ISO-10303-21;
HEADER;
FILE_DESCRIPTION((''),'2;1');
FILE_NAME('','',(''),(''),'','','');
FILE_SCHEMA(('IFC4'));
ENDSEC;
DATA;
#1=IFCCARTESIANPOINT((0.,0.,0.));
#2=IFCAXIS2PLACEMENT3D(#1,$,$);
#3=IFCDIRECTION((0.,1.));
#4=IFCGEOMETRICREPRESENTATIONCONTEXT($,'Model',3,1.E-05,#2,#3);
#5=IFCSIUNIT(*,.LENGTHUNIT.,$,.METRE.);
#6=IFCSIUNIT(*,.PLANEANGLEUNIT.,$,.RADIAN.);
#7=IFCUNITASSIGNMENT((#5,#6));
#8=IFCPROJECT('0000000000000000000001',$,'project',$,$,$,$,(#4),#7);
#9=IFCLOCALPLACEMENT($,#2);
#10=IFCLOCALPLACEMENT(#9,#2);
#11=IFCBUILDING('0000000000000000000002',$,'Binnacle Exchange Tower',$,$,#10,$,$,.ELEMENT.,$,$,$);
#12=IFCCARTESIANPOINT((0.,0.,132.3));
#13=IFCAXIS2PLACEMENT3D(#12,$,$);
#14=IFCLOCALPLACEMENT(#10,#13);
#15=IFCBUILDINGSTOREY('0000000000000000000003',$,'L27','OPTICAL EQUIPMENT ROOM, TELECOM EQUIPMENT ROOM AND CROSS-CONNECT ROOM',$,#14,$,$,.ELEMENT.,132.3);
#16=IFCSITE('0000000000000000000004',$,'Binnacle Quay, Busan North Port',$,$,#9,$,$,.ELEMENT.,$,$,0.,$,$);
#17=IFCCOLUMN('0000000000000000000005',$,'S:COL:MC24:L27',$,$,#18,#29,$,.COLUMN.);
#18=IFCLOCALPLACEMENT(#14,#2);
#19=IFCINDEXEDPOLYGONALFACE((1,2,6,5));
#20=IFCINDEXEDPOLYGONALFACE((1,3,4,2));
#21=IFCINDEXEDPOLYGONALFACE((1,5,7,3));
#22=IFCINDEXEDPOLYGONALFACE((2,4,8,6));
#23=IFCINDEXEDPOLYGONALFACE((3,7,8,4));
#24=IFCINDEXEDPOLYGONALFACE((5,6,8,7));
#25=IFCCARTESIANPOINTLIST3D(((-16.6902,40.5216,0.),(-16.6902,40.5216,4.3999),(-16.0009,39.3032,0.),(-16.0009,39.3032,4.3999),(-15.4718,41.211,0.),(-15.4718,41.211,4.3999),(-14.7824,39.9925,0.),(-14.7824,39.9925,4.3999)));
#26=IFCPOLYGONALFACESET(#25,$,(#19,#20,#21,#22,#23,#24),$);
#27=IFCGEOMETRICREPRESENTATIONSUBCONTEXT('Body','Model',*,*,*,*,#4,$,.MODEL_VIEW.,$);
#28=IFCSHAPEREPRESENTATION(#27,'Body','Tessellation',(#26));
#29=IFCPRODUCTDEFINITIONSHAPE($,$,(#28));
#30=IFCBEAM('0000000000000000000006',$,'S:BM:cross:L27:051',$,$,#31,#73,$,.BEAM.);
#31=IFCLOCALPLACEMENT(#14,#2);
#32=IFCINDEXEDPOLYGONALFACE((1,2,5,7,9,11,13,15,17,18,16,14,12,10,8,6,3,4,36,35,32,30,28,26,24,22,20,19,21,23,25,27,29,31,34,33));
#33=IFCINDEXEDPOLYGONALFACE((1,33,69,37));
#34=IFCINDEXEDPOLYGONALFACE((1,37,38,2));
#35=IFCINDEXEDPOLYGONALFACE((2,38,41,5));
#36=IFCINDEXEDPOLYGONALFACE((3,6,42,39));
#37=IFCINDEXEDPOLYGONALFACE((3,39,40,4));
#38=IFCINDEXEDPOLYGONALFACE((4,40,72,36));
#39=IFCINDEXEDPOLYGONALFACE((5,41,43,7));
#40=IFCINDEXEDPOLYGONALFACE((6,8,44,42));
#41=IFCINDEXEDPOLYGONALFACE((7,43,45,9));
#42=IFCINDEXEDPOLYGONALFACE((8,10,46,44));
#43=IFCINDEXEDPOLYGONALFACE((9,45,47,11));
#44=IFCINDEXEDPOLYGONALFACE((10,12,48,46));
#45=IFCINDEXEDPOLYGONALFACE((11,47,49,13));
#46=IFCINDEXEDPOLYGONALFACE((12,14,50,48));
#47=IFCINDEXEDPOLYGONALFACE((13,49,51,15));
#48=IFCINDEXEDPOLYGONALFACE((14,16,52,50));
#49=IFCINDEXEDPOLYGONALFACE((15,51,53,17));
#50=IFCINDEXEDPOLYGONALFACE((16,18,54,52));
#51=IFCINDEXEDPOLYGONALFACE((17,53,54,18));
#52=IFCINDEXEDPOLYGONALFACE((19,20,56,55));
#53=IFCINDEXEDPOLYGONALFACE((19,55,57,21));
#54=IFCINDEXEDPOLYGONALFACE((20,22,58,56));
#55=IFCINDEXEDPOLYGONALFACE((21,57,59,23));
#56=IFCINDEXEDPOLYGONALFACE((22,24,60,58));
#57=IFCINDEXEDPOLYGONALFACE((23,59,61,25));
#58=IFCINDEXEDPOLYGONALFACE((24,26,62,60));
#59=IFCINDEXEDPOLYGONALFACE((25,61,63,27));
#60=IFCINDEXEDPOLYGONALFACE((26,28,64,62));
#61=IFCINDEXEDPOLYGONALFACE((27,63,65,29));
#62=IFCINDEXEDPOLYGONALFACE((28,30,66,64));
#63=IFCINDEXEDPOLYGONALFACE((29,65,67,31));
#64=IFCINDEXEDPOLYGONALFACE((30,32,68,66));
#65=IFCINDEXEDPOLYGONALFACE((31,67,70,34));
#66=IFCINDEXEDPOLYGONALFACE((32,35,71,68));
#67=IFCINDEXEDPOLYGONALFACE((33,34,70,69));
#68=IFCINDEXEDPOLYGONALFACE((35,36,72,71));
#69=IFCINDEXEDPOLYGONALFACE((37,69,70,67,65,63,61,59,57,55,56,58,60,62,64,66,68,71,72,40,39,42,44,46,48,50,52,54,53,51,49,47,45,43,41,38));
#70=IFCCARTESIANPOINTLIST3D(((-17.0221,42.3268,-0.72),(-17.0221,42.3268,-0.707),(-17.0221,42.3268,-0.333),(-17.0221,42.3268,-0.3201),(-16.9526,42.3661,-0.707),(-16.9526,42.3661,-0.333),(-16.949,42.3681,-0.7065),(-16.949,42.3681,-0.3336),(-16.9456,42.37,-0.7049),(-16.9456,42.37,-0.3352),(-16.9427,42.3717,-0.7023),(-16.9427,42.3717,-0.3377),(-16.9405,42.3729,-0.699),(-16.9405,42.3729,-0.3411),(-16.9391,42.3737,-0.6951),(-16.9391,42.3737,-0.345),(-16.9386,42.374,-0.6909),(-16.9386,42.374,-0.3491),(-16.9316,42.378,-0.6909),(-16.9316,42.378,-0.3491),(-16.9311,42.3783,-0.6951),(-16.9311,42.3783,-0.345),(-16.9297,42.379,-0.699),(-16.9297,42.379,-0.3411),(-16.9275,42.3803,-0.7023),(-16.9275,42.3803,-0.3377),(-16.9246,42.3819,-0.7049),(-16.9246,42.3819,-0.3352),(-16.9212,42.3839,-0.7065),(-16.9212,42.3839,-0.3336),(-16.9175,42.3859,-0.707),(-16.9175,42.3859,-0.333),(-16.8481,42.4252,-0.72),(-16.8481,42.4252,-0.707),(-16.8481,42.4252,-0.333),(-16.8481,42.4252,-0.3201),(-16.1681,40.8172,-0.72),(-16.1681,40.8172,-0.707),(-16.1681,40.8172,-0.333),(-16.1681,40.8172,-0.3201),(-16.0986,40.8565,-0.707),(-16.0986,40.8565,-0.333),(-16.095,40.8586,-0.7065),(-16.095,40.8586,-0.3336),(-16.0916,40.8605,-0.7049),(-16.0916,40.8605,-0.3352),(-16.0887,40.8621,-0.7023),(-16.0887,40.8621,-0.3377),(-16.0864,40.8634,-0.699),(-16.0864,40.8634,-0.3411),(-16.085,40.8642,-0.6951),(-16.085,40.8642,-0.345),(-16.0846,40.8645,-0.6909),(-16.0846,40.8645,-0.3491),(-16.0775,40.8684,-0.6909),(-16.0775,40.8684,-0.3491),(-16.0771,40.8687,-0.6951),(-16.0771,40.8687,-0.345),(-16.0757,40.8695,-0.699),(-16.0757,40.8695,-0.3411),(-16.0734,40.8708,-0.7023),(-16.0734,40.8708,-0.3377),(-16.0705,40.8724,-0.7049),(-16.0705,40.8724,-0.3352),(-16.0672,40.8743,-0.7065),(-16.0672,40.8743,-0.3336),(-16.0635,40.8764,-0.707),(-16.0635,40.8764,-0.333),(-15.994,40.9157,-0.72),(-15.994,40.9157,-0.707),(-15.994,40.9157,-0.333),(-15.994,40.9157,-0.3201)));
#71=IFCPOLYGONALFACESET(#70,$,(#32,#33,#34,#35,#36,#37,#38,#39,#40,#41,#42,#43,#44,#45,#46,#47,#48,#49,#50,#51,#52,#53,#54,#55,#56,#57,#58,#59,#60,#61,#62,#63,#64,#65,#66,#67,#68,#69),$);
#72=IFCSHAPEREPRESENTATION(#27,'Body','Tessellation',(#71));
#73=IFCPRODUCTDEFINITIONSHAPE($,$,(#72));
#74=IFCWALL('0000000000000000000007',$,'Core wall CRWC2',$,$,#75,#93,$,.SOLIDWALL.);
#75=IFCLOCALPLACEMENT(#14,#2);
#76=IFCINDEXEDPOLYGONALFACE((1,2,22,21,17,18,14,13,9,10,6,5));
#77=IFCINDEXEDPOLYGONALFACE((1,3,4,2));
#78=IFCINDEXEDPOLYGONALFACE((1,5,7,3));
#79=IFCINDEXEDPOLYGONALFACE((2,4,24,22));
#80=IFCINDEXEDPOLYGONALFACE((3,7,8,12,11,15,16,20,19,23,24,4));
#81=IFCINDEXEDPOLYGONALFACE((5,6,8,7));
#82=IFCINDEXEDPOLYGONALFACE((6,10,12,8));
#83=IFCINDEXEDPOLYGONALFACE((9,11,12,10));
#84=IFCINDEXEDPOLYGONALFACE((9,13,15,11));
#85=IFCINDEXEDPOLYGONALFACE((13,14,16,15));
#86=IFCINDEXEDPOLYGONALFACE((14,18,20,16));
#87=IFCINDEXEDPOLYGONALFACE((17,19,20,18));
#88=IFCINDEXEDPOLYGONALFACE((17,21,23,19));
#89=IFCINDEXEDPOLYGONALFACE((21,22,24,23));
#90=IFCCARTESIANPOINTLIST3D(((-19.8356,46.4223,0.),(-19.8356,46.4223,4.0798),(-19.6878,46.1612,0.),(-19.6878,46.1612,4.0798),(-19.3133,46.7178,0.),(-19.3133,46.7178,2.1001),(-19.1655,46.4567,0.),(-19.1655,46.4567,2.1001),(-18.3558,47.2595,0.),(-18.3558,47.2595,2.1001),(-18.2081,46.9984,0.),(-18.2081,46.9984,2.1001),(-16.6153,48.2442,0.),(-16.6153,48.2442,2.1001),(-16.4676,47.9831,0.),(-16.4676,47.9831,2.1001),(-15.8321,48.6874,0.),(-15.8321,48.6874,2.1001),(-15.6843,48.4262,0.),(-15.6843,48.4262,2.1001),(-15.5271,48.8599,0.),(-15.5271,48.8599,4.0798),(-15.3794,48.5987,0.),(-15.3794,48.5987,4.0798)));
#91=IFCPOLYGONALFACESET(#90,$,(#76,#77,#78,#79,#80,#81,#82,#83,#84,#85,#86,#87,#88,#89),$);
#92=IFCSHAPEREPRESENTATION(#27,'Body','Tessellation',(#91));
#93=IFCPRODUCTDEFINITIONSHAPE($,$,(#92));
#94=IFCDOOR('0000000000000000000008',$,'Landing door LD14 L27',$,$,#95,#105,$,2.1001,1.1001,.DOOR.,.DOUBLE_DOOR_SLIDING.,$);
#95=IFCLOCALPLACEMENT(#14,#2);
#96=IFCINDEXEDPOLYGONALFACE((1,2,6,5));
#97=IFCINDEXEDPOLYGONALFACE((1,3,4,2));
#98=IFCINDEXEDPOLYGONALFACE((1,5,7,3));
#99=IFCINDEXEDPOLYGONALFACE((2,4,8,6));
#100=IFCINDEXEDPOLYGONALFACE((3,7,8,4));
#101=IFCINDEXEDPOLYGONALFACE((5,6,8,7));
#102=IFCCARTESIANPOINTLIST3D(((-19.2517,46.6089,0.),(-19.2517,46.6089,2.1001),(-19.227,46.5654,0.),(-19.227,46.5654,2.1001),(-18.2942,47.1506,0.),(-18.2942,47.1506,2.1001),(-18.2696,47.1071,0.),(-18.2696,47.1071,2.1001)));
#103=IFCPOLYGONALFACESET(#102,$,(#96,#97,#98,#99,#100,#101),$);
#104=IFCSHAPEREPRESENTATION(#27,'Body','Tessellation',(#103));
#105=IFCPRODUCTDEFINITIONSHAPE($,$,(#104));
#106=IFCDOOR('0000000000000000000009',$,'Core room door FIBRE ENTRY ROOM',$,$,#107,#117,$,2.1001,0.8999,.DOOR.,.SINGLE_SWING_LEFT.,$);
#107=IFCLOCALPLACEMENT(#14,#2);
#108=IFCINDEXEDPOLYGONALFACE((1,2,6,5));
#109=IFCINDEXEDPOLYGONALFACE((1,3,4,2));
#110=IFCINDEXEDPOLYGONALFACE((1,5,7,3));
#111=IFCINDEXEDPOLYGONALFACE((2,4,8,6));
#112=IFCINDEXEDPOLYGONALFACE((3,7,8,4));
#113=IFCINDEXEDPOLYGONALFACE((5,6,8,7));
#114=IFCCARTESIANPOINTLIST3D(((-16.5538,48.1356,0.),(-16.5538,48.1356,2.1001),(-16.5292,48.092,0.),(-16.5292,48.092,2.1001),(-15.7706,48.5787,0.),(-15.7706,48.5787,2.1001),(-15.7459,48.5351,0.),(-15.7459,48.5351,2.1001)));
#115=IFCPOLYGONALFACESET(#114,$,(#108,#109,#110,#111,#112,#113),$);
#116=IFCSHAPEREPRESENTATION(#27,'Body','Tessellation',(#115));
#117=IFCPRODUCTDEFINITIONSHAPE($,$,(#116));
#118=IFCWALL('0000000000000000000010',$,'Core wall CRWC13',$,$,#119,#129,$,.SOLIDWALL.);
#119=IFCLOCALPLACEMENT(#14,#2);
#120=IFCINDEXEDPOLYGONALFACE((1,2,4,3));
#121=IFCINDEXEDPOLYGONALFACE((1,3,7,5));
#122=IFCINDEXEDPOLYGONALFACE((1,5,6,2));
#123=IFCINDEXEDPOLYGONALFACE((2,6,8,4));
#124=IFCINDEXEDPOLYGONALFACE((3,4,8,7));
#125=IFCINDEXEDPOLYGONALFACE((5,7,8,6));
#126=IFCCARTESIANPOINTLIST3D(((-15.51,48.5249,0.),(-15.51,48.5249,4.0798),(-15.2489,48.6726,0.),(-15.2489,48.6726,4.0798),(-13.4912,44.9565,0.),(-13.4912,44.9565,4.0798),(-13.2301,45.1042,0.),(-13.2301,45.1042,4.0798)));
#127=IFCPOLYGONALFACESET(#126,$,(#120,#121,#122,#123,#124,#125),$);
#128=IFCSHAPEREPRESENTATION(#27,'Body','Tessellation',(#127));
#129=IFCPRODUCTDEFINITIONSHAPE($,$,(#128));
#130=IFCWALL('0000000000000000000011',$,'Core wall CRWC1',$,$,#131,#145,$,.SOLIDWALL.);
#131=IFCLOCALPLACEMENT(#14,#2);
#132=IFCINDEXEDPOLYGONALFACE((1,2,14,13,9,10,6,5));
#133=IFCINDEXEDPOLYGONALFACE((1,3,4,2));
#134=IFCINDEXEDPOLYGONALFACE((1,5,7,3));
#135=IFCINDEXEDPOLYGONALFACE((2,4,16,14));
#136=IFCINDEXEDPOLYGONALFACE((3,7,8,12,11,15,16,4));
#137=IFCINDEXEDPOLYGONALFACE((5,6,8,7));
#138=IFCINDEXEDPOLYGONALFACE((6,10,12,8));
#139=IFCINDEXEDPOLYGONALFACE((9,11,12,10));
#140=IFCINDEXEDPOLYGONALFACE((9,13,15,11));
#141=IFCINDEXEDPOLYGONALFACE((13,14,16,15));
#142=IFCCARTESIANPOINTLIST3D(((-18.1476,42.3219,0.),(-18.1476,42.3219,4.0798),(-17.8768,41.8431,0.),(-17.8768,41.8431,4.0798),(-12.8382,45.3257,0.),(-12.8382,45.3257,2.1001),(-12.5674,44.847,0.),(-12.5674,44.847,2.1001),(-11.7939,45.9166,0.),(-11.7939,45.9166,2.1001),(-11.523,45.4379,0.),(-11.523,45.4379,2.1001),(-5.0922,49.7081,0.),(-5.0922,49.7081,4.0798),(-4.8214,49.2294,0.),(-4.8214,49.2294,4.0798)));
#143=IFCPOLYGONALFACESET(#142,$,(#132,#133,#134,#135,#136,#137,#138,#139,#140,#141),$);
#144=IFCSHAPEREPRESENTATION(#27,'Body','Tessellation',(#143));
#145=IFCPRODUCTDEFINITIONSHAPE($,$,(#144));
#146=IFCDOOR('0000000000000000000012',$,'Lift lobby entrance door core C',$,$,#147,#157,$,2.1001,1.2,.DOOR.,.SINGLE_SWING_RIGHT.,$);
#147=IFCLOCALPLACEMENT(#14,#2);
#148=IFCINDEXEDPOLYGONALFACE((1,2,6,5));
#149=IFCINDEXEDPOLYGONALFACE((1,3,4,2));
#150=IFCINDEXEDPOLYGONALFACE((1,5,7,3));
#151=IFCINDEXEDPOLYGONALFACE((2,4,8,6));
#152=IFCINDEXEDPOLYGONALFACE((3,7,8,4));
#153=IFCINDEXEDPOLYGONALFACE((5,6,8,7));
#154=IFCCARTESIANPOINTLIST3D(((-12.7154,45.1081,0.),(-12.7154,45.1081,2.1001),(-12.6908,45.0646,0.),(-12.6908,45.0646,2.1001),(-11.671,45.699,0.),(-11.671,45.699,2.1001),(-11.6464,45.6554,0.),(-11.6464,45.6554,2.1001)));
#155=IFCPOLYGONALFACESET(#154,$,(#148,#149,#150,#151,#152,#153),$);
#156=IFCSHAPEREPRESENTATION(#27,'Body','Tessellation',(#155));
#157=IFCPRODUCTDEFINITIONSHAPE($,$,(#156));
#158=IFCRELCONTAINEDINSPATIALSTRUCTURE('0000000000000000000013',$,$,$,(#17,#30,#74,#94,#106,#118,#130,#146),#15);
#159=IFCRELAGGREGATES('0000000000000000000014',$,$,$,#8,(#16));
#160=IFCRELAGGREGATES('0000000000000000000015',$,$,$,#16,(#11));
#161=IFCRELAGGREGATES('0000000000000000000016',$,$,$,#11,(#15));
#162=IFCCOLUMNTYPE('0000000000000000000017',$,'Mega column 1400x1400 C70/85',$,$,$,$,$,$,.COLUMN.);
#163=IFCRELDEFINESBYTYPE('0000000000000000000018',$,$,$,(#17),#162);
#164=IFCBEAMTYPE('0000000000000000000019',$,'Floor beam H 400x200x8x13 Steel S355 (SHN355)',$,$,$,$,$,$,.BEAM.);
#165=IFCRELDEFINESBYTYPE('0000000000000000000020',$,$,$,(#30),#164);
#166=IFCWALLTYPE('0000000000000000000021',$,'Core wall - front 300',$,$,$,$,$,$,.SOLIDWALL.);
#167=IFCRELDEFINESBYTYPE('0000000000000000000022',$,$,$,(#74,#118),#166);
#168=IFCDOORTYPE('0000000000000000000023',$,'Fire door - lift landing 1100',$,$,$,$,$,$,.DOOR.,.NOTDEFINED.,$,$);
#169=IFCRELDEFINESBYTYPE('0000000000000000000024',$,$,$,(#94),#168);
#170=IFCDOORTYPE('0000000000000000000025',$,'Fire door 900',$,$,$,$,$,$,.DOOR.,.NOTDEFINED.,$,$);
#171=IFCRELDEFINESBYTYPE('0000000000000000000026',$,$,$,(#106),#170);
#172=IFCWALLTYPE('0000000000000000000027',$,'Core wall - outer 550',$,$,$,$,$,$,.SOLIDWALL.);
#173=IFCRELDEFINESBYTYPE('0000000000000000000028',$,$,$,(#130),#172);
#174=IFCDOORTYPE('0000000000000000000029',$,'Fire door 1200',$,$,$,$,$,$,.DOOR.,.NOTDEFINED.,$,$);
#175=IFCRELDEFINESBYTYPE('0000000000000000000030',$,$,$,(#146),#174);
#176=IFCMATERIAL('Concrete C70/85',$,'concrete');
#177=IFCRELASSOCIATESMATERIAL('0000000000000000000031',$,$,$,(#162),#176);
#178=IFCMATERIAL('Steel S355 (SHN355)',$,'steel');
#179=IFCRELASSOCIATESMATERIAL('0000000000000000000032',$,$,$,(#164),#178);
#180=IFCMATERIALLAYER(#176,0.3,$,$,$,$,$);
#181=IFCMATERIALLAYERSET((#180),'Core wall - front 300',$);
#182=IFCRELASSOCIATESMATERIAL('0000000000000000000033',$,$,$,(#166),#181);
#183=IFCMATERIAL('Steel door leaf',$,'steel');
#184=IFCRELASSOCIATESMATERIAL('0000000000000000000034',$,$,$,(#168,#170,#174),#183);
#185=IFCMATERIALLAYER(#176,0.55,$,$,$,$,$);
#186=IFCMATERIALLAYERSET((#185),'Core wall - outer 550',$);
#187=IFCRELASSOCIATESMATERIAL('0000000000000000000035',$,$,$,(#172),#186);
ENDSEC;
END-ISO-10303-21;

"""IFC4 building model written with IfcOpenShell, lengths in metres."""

from ifc_helpers import new_model, si_unit, direction, frame, frame_2d, origin, origin_2d, place, context, subcontext, project, spatial, rectangle, i_section, extrude, material, layer, layer_set, material_profile, profile_set, type_object, element, fill, save


model = new_model("IFC4")

# Units and contexts
model_context = context("Model", 3, precision=1e-05, world=origin(), true_north=direction((0.0, 1.0)))
body_context = subcontext(model_context, "Body", "Model", "MODEL_VIEW")
ifc_project = project(units=[si_unit("LENGTHUNIT", "METRE"), si_unit("PLANEANGLEUNIT", "RADIAN")], contexts=[model_context])

# Site, building, storey
site_placement = place(None, origin())
site = spatial("IfcSite", under=ifc_project, at=site_placement, Name="Binnacle Quay, Busan North Port", CompositionType="ELEMENT", RefElevation=0.0)
building_placement = place(site_placement, origin())
building = spatial("IfcBuilding", under=site, at=building_placement, Name="Binnacle Exchange Tower", CompositionType="ELEMENT")
storey_placement = place(building_placement, frame((0.0, 0.0, 132.3)))
storey = spatial("IfcBuildingStorey", under=building, at=storey_placement, Name="L27", Description="OPTICAL EQUIPMENT ROOM, TELECOM EQUIPMENT ROOM AND CROSS-CONNECT ROOM", CompositionType="ELEMENT", Elevation=132.3)

# Column
ifc_material_1 = material(Name="Concrete C70/85", Category="concrete")
ifc_material_profile_1 = material_profile(ifc_material_1, rectangle(XDim=1.3999, YDim=1.3999, at=origin_2d()), Name="Mega column 1400x1400 C70/85")
ifc_profile_set_1 = profile_set([ifc_material_profile_1], Name="Concrete C70/85")
column_type = type_object("IfcColumnType", Name="Mega column 1400x1400 C70/85", PredefinedType="COLUMN", material=ifc_profile_set_1)
column_placement = place(storey_placement, frame((-15.7363, 40.2571, 0.0), z_axis=(0.0, 0.0, 1.0), x_axis=(0.870356, 0.492424, 0.0)))
element("IfcColumn", 1, at=column_placement, inside=storey, type_object=column_type, Name="S:COL:MC24:L27", PredefinedType="COLUMN", context=body_context, shape_type="SweptSolid", body=[
    extrude(rectangle(XDim=1.3999, YDim=1.3999, at=origin_2d()), origin(), (0.0, 0.0, 1.0), 4.3999),
])

# Beam
ifc_material_2 = material(Name="Steel S355 (SHN355)", Category="steel")
ifc_material_profile_2 = material_profile(ifc_material_2, i_section(OverallWidth=0.2, OverallDepth=0.3999, WebThickness=0.0081, FlangeThickness=0.0129, FilletRadius=0.0161, at=origin_2d()), Name="H 400x200x8x13")
ifc_profile_set_2 = profile_set([ifc_material_profile_2], Name="Steel S355 (SHN355)")
beam_type = type_object("IfcBeamType", Name="Floor beam H 400x200x8x13 Steel S355 (SHN355)", PredefinedType="BEAM", material=ifc_profile_set_2)
beam_placement = place(storey_placement, frame((-16.0811, 40.8665, -0.52), z_axis=(-0.492405, 0.870366, 0.0), x_axis=(-0.870366, -0.492405, 0.0)))
element("IfcBeam", 2, at=beam_placement, inside=storey, type_object=beam_type, Name="S:BM:cross:L27:051", PredefinedType="BEAM", context=body_context, shape_type="SweptSolid", body=[
    extrude(i_section(OverallWidth=0.2, OverallDepth=0.3999, WebThickness=0.0081, FlangeThickness=0.0129, FilletRadius=0.0161, at=origin_2d()), origin(), (0.0, 0.0, 1.0), 1.7344),
])

# Wall, openings, doors
ifc_layer_1 = layer(ifc_material_1, 0.3)
ifc_layer_set_1 = layer_set([ifc_layer_1], Name="Core wall - front 300")
wall_type_1 = type_object("IfcWallType", Name="Core wall - front 300", PredefinedType="SOLIDWALL", material=ifc_layer_set_1)
wall_1_placement = place(storey_placement, frame((-19.7617, 46.2917, 0.0), z_axis=(0.0, 0.0, 1.0), x_axis=(0.87036, 0.492416, 0.0)))
wall_1 = element("IfcWall", 3, at=wall_1_placement, inside=storey, type_object=wall_type_1, Name="Core wall CRWC2", PredefinedType="SOLIDWALL", context=body_context, shape_type="SweptSolid", body=[
    extrude(rectangle(XDim=4.9502, YDim=0.3, at=frame_2d((2.4751, 0.0))), origin(), (0.0, 0.0, 1.0), 4.0798),
])
opening_1_placement = place(wall_1_placement, frame((0.6001, 0.0, 0.0)))
opening_1 = element("IfcOpeningElement", 4, at=opening_1_placement, cuts=wall_1, PredefinedType="OPENING", context=body_context, shape_type="SweptSolid", body=[
    extrude(rectangle(XDim=1.1001, YDim=2.1001, at=frame_2d((0.55, 1.05))), frame((0.0, 0.1599, 0.0), z_axis=(0.0, -1.0, 0.0), x_axis=(1.0, 0.0, 0.0)), (0.0, 0.0, 1.0), 0.3201),
])
opening_2_placement = place(wall_1_placement, frame((3.7, 0.0, 0.0)))
opening_2 = element("IfcOpeningElement", 5, at=opening_2_placement, cuts=wall_1, PredefinedType="OPENING", context=body_context, shape_type="SweptSolid", body=[
    extrude(rectangle(XDim=0.8999, YDim=2.1001, at=frame_2d((0.45, 1.05))), frame((0.0, 0.1599, 0.0), z_axis=(0.0, -1.0, 0.0), x_axis=(1.0, 0.0, 0.0)), (0.0, 0.0, 1.0), 0.3201),
])
ifc_material_3 = material(Name="Steel door leaf", Category="steel")
door_type_1 = type_object("IfcDoorType", Name="Fire door - lift landing 1100", OperationType="NOTDEFINED", PredefinedType="DOOR", material=ifc_material_3)
door_1_placement = place(opening_1_placement, origin())
door_1 = element("IfcDoor", 6, at=door_1_placement, inside=storey, type_object=door_type_1, Name="Landing door LD14 L27", OperationType="DOUBLE_DOOR_SLIDING", OverallHeight=2.1001, OverallWidth=1.1001, PredefinedType="DOOR", context=body_context, shape_type="SweptSolid", body=[
    extrude(rectangle(XDim=1.1001, YDim=2.1001, at=frame_2d((0.55, 1.05))), frame((0.0, 0.0249, 0.0), z_axis=(0.0, -1.0, 0.0), x_axis=(1.0, 0.0, 0.0)), (0.0, 0.0, 1.0), 0.05),
])
fill(opening_1, door_1)
door_type_2 = type_object("IfcDoorType", Name="Fire door 900", OperationType="NOTDEFINED", PredefinedType="DOOR", material=ifc_material_3)
door_2_placement = place(opening_2_placement, frame((0.8999, 0.0, 0.0), z_axis=(0.0, 0.0, 1.0), x_axis=(-1.0, 0.0, 0.0)))
door_2 = element("IfcDoor", 7, at=door_2_placement, inside=storey, type_object=door_type_2, Name="Core room door FIBRE ENTRY ROOM", OperationType="SINGLE_SWING_LEFT", OverallHeight=2.1001, OverallWidth=0.8999, PredefinedType="DOOR", context=body_context, shape_type="SweptSolid", body=[
    extrude(rectangle(XDim=0.8999, YDim=2.1001, at=frame_2d((0.45, 1.05))), frame((0.0, 0.0249, 0.0), z_axis=(0.0, -1.0, 0.0), x_axis=(1.0, 0.0, 0.0)), (0.0, 0.0, 1.0), 0.05),
])
fill(opening_2, door_2)

# Wall
wall_2_placement = place(storey_placement, frame((-15.3794, 48.5986, 0.0), z_axis=(0.0, 0.0, 1.0), x_axis=(0.492408, -0.870364, 0.0)))
element("IfcWall", 8, at=wall_2_placement, inside=storey, type_object=wall_type_1, Name="Core wall CRWC13", PredefinedType="SOLIDWALL", context=body_context, shape_type="SweptSolid", body=[
    extrude(rectangle(XDim=4.0999, YDim=0.3, at=frame_2d((2.0498, 0.0))), origin(), (0.0, 0.0, 1.0), 4.0798),
])

# Wall, opening, door
ifc_layer_2 = layer(ifc_material_1, 0.55)
ifc_layer_set_2 = layer_set([ifc_layer_2], Name="Core wall - outer 550")
wall_type_2 = type_object("IfcWallType", Name="Core wall - outer 550", PredefinedType="SOLIDWALL", material=ifc_layer_set_2)
wall_3_placement = place(storey_placement, frame((-18.0122, 42.0825, 0.0), z_axis=(0.0, 0.0, 1.0), x_axis=(0.870361, 0.492415, 0.0)))
wall_3 = element("IfcWall", 9, at=wall_3_placement, inside=storey, type_object=wall_type_2, Name="Core wall CRWC1", PredefinedType="SOLIDWALL", context=body_context, shape_type="SweptSolid", body=[
    extrude(rectangle(XDim=15.0, YDim=0.55, at=frame_2d((7.5, 0.0))), origin(), (0.0, 0.0, 1.0), 4.0798),
])
opening_3_placement = place(wall_3_placement, frame((6.1001, 0.0, 0.0)))
opening_3 = element("IfcOpeningElement", 10, at=opening_3_placement, cuts=wall_3, PredefinedType="OPENING", context=body_context, shape_type="SweptSolid", body=[
    extrude(rectangle(XDim=1.2, YDim=2.1001, at=frame_2d((0.6001, 1.05))), frame((0.0, 0.2849, 0.0), z_axis=(0.0, -1.0, 0.0), x_axis=(1.0, 0.0, 0.0)), (0.0, 0.0, 1.0), 0.5701),
])
door_type_3 = type_object("IfcDoorType", Name="Fire door 1200", OperationType="NOTDEFINED", PredefinedType="DOOR", material=ifc_material_3)
door_3_placement = place(opening_3_placement, frame((1.2, 0.0, 0.0), z_axis=(0.0, 0.0, 1.0), x_axis=(-1.0, 0.0, 0.0)))
door_3 = element("IfcDoor", 11, at=door_3_placement, inside=storey, type_object=door_type_3, Name="Lift lobby entrance door core C", OperationType="SINGLE_SWING_RIGHT", OverallHeight=2.1001, OverallWidth=1.2, PredefinedType="DOOR", context=body_context, shape_type="SweptSolid", body=[
    extrude(rectangle(XDim=1.2, YDim=2.1001, at=frame_2d((0.6001, 1.05))), frame((0.0, 0.0249, 0.0), z_axis=(0.0, -1.0, 0.0), x_axis=(1.0, 0.0, 0.0)), (0.0, 0.0, 1.0), 0.05),
])
fill(opening_3, door_3)

save(model, "model.ifc")
